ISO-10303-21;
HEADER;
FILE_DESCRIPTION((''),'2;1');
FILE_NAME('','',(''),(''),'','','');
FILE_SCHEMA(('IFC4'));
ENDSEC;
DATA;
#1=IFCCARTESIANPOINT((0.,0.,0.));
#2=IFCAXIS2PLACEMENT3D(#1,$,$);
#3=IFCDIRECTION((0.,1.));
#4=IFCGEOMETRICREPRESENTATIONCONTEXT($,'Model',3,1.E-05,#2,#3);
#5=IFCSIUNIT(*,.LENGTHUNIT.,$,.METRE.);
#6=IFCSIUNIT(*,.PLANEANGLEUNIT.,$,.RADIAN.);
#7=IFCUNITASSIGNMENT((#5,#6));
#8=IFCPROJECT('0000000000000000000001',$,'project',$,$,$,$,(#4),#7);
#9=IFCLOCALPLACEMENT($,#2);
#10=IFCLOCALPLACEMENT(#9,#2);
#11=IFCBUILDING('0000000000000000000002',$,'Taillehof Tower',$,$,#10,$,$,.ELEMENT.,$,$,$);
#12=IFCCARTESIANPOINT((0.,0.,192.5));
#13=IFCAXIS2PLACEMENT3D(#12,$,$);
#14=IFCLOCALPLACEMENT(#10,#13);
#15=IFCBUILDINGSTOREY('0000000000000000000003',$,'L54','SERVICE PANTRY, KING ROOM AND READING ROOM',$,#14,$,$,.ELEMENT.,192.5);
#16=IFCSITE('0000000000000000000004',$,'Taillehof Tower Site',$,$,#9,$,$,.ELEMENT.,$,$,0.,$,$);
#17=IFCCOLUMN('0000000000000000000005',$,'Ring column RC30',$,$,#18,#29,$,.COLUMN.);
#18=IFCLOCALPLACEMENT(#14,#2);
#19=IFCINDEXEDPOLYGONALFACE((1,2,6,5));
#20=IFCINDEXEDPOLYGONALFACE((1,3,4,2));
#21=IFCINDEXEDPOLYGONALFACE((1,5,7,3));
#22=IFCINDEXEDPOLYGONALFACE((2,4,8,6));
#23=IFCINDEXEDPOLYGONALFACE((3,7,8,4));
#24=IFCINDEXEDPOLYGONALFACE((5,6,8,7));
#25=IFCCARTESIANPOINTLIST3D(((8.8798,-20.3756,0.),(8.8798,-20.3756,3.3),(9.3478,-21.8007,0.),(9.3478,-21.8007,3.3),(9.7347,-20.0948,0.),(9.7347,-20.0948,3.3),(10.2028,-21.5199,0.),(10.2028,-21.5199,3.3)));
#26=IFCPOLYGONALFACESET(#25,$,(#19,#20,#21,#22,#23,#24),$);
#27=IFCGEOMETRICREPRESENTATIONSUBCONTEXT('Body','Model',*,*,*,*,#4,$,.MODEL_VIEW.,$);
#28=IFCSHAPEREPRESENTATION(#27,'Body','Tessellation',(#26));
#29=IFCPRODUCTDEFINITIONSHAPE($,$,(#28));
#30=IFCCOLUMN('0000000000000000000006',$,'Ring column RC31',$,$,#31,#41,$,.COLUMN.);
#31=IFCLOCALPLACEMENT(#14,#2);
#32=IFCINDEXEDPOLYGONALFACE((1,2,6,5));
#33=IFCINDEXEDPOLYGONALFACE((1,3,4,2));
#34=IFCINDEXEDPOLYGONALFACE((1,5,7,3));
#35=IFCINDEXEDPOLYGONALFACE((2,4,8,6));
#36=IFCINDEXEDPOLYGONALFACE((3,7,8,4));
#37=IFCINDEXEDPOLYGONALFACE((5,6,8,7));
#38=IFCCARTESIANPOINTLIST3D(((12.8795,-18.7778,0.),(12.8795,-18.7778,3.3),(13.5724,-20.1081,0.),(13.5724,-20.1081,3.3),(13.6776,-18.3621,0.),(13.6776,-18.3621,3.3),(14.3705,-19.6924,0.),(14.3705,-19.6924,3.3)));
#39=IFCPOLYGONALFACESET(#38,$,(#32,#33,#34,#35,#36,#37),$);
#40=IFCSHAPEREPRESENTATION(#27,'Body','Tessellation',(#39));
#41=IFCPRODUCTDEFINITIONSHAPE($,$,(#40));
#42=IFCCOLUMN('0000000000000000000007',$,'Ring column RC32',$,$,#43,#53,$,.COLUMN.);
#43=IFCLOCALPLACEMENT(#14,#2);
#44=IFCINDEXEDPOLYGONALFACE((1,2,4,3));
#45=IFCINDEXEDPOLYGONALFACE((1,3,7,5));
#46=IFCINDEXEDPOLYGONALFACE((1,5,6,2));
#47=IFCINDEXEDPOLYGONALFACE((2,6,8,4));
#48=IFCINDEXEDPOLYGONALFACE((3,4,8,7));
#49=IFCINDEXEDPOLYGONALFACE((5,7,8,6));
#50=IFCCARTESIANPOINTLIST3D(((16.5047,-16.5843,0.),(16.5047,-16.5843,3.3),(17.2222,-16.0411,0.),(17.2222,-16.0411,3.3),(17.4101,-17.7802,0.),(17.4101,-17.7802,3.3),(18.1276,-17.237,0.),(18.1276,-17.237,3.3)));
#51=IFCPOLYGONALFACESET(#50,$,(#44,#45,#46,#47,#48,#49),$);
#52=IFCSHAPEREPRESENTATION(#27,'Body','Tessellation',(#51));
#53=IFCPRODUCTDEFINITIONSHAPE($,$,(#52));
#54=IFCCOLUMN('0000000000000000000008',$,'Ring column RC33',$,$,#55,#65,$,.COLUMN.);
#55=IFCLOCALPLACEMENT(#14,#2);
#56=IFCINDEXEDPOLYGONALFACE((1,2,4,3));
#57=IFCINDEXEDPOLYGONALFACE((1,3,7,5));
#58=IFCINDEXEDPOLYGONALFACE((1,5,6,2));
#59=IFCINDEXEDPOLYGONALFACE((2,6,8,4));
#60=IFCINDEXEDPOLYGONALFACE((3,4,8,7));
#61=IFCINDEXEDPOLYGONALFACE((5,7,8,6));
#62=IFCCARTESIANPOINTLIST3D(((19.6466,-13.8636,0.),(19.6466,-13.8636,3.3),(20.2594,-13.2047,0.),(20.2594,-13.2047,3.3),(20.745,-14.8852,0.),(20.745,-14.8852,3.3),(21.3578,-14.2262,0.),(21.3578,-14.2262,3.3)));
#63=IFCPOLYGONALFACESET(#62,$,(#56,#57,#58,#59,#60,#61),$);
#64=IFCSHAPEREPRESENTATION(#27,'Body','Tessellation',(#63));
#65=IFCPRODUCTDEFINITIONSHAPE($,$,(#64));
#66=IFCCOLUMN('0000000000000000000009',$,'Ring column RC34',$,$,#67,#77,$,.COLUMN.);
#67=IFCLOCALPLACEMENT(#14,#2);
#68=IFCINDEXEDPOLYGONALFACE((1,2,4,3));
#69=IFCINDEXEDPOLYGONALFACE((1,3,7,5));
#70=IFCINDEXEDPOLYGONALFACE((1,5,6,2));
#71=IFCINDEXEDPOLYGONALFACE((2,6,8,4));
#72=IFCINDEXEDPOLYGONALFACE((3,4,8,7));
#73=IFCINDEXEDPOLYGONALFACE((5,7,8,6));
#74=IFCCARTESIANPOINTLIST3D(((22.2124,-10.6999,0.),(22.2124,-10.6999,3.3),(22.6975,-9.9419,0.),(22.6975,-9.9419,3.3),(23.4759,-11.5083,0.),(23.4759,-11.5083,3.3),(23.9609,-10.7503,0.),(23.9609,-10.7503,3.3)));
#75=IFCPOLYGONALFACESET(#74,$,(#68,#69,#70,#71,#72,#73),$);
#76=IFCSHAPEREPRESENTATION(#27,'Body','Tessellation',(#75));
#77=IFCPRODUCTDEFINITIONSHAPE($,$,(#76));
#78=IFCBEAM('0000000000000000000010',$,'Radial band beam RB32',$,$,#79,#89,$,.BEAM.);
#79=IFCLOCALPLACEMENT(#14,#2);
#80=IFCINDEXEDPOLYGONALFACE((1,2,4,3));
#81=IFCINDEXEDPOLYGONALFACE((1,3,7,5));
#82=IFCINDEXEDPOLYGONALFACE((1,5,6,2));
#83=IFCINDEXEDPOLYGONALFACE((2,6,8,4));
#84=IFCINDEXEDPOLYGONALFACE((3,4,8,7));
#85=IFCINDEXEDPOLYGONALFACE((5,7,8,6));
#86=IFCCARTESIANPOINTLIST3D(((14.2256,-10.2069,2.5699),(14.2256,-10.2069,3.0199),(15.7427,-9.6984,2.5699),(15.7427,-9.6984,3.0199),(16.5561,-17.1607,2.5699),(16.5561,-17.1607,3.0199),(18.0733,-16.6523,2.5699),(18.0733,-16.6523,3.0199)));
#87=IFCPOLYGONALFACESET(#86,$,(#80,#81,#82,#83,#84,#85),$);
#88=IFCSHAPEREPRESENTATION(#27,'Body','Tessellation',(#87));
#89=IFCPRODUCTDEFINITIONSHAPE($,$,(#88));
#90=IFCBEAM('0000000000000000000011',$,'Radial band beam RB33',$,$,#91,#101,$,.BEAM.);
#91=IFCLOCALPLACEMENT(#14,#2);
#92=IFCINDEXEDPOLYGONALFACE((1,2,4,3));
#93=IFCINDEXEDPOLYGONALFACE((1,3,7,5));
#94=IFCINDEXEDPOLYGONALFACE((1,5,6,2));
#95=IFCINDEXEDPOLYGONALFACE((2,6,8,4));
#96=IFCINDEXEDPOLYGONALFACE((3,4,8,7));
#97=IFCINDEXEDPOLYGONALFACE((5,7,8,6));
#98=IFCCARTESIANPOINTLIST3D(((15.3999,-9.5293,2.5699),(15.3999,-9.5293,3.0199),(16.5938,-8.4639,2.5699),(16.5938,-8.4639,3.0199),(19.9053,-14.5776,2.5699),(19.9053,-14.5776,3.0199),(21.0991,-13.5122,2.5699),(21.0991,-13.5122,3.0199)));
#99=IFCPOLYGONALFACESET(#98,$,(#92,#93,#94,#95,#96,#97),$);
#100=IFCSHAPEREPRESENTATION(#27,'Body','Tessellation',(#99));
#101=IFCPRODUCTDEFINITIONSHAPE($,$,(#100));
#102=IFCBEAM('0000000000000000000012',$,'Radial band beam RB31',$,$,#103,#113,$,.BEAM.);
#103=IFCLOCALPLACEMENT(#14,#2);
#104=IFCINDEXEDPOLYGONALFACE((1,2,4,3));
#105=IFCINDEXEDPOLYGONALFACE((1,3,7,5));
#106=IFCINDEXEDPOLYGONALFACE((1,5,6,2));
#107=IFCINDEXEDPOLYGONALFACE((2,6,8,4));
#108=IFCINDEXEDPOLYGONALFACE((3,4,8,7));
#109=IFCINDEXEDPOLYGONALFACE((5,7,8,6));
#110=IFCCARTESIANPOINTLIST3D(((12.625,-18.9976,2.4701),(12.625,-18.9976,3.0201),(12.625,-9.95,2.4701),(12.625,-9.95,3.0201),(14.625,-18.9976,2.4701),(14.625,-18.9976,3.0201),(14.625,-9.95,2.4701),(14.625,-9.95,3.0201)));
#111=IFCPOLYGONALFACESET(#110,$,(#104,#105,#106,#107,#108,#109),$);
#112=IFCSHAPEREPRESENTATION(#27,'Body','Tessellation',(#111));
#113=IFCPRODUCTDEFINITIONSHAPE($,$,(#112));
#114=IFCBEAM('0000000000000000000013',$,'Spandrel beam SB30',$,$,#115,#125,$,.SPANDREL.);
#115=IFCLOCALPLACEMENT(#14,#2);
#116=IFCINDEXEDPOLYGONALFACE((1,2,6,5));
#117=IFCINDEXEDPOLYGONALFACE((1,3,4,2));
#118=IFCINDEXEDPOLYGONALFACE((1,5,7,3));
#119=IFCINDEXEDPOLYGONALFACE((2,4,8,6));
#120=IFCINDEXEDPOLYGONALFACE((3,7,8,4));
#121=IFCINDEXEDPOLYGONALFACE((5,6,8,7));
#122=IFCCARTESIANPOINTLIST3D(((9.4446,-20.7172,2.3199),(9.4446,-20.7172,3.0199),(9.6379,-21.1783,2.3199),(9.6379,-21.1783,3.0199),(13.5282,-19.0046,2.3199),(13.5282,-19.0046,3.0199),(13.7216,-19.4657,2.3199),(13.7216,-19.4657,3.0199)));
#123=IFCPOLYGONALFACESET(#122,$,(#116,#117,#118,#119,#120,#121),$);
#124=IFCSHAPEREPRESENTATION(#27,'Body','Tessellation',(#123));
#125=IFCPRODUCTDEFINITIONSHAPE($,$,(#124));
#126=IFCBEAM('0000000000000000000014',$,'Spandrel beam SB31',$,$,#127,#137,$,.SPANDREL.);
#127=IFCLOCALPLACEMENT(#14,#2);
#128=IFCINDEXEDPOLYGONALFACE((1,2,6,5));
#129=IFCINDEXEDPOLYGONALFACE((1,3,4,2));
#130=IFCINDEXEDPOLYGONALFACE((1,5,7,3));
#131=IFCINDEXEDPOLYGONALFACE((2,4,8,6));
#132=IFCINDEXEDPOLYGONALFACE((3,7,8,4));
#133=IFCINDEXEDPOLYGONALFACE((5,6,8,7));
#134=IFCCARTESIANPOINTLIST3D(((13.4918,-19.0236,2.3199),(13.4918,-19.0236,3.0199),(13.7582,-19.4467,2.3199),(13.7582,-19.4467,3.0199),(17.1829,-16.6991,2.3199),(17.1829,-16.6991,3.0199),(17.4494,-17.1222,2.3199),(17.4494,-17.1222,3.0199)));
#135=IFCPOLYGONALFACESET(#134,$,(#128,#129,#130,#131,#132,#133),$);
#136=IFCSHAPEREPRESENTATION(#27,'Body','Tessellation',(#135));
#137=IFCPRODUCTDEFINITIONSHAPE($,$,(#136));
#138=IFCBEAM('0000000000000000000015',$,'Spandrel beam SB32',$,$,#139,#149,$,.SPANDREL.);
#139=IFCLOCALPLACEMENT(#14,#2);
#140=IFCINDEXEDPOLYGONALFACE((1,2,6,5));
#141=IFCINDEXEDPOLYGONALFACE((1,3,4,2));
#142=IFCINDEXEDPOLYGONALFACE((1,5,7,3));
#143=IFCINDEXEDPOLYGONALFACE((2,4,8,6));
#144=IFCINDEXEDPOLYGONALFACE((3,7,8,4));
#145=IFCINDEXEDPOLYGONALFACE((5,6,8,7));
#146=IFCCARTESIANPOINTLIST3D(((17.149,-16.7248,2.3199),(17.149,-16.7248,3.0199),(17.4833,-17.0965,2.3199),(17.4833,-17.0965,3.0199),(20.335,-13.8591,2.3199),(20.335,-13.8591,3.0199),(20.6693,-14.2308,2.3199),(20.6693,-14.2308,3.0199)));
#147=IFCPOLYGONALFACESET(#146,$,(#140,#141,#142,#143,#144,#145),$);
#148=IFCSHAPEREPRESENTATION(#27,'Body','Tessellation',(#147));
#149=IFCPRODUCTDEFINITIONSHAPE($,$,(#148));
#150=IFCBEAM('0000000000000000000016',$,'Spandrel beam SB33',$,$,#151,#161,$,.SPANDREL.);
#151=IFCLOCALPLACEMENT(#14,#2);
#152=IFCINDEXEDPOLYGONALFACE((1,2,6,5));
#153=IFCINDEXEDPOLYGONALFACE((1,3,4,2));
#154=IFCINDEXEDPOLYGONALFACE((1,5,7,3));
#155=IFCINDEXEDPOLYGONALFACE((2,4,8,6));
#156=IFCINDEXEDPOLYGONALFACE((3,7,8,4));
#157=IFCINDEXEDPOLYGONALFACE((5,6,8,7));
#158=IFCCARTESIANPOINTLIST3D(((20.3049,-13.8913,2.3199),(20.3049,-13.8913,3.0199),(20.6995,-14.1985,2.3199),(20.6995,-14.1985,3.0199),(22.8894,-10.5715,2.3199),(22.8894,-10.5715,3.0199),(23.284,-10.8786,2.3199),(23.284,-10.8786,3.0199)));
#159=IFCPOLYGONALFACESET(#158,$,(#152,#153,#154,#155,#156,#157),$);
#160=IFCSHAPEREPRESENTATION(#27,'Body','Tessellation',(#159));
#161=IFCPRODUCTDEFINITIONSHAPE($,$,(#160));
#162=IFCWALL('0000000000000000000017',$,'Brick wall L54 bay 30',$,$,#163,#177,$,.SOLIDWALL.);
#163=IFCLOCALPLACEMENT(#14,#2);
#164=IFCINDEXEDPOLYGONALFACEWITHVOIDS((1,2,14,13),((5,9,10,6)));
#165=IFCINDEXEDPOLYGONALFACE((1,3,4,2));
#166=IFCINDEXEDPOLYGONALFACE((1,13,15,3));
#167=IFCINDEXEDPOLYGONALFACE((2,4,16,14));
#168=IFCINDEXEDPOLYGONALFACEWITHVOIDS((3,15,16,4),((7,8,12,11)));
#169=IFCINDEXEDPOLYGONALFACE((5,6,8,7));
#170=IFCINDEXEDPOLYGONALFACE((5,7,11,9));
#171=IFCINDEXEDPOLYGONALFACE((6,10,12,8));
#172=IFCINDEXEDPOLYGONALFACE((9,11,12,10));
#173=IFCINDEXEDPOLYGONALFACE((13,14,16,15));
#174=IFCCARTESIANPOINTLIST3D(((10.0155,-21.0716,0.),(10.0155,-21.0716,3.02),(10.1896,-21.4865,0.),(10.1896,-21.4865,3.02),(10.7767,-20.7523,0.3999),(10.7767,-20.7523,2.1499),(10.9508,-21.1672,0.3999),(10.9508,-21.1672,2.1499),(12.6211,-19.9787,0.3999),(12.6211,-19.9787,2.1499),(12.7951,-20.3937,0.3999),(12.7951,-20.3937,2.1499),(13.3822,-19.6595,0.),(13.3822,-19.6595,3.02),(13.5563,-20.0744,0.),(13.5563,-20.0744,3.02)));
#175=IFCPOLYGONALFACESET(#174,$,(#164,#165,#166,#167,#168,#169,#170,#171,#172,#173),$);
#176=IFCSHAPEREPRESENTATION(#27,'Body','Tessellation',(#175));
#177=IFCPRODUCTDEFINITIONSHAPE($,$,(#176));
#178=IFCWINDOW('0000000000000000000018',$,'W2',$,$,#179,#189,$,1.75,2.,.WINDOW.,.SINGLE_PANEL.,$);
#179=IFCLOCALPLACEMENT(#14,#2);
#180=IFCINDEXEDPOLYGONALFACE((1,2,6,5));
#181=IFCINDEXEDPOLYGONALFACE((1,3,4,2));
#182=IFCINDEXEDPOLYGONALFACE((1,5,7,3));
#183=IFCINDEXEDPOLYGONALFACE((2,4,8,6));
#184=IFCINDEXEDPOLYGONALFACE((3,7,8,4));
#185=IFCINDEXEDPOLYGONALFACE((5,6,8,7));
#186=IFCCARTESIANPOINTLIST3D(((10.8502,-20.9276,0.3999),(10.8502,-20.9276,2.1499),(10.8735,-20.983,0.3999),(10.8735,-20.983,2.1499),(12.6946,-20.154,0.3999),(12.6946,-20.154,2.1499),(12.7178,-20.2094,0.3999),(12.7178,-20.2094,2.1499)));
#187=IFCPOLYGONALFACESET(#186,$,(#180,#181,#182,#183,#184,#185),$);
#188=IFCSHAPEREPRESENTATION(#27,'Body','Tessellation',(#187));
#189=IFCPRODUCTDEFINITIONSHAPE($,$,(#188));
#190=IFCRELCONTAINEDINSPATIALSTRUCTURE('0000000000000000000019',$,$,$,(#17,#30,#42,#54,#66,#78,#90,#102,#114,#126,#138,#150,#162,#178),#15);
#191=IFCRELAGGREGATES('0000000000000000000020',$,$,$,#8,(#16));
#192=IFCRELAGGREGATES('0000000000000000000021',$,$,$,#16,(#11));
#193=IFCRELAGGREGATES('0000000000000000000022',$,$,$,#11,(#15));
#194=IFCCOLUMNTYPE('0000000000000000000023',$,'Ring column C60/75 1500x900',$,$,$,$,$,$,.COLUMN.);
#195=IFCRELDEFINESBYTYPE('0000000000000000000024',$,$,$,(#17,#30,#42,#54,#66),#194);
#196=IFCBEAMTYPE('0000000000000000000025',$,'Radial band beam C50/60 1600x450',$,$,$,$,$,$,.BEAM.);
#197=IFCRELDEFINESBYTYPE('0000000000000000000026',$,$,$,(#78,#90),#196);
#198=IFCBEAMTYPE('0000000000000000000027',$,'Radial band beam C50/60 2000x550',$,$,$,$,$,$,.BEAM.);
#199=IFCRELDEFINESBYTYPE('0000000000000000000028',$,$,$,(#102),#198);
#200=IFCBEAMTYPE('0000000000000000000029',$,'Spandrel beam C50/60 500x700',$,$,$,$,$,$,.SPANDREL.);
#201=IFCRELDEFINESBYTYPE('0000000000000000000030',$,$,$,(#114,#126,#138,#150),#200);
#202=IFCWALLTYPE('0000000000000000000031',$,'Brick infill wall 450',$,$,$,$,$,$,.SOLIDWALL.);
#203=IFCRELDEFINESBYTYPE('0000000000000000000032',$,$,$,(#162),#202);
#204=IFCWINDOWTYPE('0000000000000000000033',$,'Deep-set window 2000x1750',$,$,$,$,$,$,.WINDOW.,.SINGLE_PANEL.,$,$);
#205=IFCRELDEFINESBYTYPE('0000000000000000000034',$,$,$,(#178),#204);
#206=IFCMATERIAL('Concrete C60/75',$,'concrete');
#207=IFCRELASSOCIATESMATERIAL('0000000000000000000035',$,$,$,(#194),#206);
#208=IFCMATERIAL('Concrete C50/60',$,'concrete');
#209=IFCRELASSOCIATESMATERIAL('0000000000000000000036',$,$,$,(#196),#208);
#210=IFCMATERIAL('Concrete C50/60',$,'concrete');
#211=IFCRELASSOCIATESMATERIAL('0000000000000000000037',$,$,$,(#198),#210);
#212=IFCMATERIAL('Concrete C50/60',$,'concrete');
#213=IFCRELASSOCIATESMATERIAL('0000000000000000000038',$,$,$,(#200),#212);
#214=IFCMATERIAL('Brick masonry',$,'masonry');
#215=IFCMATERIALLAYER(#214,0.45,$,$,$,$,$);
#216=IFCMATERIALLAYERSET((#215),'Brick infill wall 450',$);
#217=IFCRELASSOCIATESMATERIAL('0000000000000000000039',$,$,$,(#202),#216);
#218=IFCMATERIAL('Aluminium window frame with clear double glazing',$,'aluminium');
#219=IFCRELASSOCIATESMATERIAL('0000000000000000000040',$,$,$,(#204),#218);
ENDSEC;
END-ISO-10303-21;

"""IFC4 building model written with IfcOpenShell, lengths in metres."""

from ifc_helpers import new_model, si_unit, direction, frame, frame_2d, origin, origin_2d, place, context, subcontext, project, spatial, rectangle, extrude, material, layer, layer_set, material_profile, profile_set, type_object, element, fill, save


model = new_model("IFC4")

# Units and contexts
model_context = context("Model", 3, precision=1e-05, world=origin(), true_north=direction((0.0, 1.0)))
body_context = subcontext(model_context, "Body", "Model", "MODEL_VIEW")
ifc_project = project(units=[si_unit("LENGTHUNIT", "METRE"), si_unit("PLANEANGLEUNIT", "RADIAN")], contexts=[model_context])

# Site, building, storey
site_placement = place(None, origin())
site = spatial("IfcSite", under=ifc_project, at=site_placement, Name="Taillehof Tower Site", CompositionType="ELEMENT", RefElevation=0.0)
building_placement = place(site_placement, origin())
building = spatial("IfcBuilding", under=site, at=building_placement, Name="Taillehof Tower", CompositionType="ELEMENT")
storey_placement = place(building_placement, frame((0.0, 0.0, 192.5)))
storey = spatial("IfcBuildingStorey", under=building, at=storey_placement, Name="L54", Description="SERVICE PANTRY, KING ROOM AND READING ROOM", CompositionType="ELEMENT", Elevation=192.5)

# Columns
ifc_material_1 = material(Name="Concrete C60/75", Category="concrete")
ifc_material_profile_1 = material_profile(ifc_material_1, rectangle(XDim=1.5, YDim=0.8999, at=origin_2d()), Name="RC 1500x900")
ifc_profile_set_1 = profile_set([ifc_material_profile_1], Name="Concrete C60/75")
column_type = type_object("IfcColumnType", Name="Ring column C60/75 1500x900", PredefinedType="COLUMN", material=ifc_profile_set_1)
for number, where, z_axis, x_axis, name in (
    (1, (9.5413, -20.9478, 0.0), (0.0, 0.0, 1.0), (0.312001, -0.950082, 0.0), "Ring column RC30"),
    (2, (13.625, -19.2351, 0.0), (0.0, 0.0, 1.0), (0.461993, -0.886883, 0.0), "Ring column RC31"),
    (3, (17.3162, -16.9106, 0.0), (0.0, 0.0, 1.0), (0.603608, -0.797281, 0.0), "Ring column RC32"),
    (4, (20.5022, -14.0449, 0.0), (0.0, 0.0, 1.0), (0.732271, -0.681013, 0.0), "Ring column RC33"),
    (5, (23.0867, -10.7251, 0.0), (0.0, 0.0, 1.0), (0.842311, -0.538992, 0.0), "Ring column RC34"),
):
    element("IfcColumn", number, at=place(storey_placement, frame(where, z_axis=z_axis, x_axis=x_axis)), inside=storey, type_object=column_type, Name=name, PredefinedType="COLUMN", context=body_context, shape_type="SweptSolid", body=[
        extrude(rectangle(XDim=1.5, YDim=0.8999, at=origin_2d()), origin(), (0.0, 0.0, 1.0), 3.3),
    ])

# Beams
ifc_material_2 = material(Name="Concrete C50/60", Category="concrete")
ifc_material_profile_2 = material_profile(ifc_material_2, rectangle(XDim=1.6001, YDim=0.45, at=origin_2d()), Name="RC 1600x450")
ifc_profile_set_2 = profile_set([ifc_material_profile_2], Name="Concrete C50/60")
beam_type_1 = type_object("IfcBeamType", Name="Radial band beam C50/60 1600x450", PredefinedType="BEAM", material=ifc_profile_set_2)
beam_1_placement = place(storey_placement, frame((17.3147, -16.9065, 2.7949), z_axis=(-0.317775, 0.948166, 0.0), x_axis=(-0.948166, -0.317775, 0.0)))
element("IfcBeam", 6, at=beam_1_placement, inside=storey, type_object=beam_type_1, Name="Radial band beam RB32", PredefinedType="BEAM", context=body_context, shape_type="SweptSolid", body=[
    extrude(rectangle(XDim=1.6001, YDim=0.45, at=origin_2d()), origin(), (0.0, 0.0, 1.0), 7.334),
])
beam_2_placement = place(storey_placement, frame((20.5022, -14.0449, 2.7949), z_axis=(-0.665845, 0.74609, 0.0), x_axis=(-0.74609, -0.665845, 0.0)))
element("IfcBeam", 7, at=beam_2_placement, inside=storey, type_object=beam_type_1, Name="Radial band beam RB33", PredefinedType="BEAM", context=body_context, shape_type="SweptSolid", body=[
    extrude(rectangle(XDim=1.6001, YDim=0.45, at=origin_2d()), origin(), (0.0, 0.0, 1.0), 6.7664),
])
ifc_material_3 = material(Name="Concrete C50/60", Category="concrete")
ifc_material_profile_3 = material_profile(ifc_material_3, rectangle(XDim=2.0, YDim=0.55, at=origin_2d()), Name="RC 2000x550")
ifc_profile_set_3 = profile_set([ifc_material_profile_3], Name="Concrete C50/60")
beam_type_2 = type_object("IfcBeamType", Name="Radial band beam C50/60 2000x550", PredefinedType="BEAM", material=ifc_profile_set_3)
beam_3_placement = place(storey_placement, frame((13.625, -18.9976, 2.7451), z_axis=(0.0, 1.0, 0.0), x_axis=(-1.0, 0.0, 0.0)))
element("IfcBeam", 8, at=beam_3_placement, inside=storey, type_object=beam_type_2, Name="Radial band beam RB31", PredefinedType="BEAM", context=body_context, shape_type="SweptSolid", body=[
    extrude(rectangle(XDim=2.0, YDim=0.55, at=origin_2d()), origin(), (0.0, 0.0, 1.0), 9.0476),
])
ifc_material_4 = material(Name="Concrete C50/60", Category="concrete")
ifc_material_profile_4 = material_profile(ifc_material_4, rectangle(XDim=0.5, YDim=0.7, at=origin_2d()), Name="RC 500x700")
ifc_profile_set_4 = profile_set([ifc_material_profile_4], Name="Concrete C50/60")
beam_type_3 = type_object("IfcBeamType", Name="Spandrel beam C50/60 500x700", PredefinedType="SPANDREL", material=ifc_profile_set_4)
beam_4_placement = place(storey_placement, frame((9.5413, -20.9478, 2.6699), z_axis=(0.922186, 0.386748, 0.0), x_axis=(-0.386748, 0.922186, 0.0)))
element("IfcBeam", 9, at=beam_4_placement, inside=storey, type_object=beam_type_3, Name="Spandrel beam SB30", PredefinedType="SPANDREL", context=body_context, shape_type="SweptSolid", body=[
    extrude(rectangle(XDim=0.5, YDim=0.7, at=origin_2d()), origin(), (0.0, 0.0, 1.0), 4.4282),
])
beam_5_placement = place(storey_placement, frame((13.625, -19.2351, 2.6699), z_axis=(0.846192, 0.532879, 0.0), x_axis=(-0.532879, 0.846192, 0.0)))
element("IfcBeam", 10, at=beam_5_placement, inside=storey, type_object=beam_type_3, Name="Spandrel beam SB31", PredefinedType="SPANDREL", context=body_context, shape_type="SweptSolid", body=[
    extrude(rectangle(XDim=0.5, YDim=0.7, at=origin_2d()), origin(), (0.0, 0.0, 1.0), 4.3621),
])
beam_6_placement = place(storey_placement, frame((17.3162, -16.9106, 2.6699), z_axis=(0.743492, 0.668744, 0.0), x_axis=(-0.668744, 0.743492, 0.0)))
element("IfcBeam", 11, at=beam_6_placement, inside=storey, type_object=beam_type_3, Name="Spandrel beam SB32", PredefinedType="SPANDREL", context=body_context, shape_type="SweptSolid", body=[
    extrude(rectangle(XDim=0.5, YDim=0.7, at=origin_2d()), origin(), (0.0, 0.0, 1.0), 4.2852),
])
beam_7_placement = place(storey_placement, frame((20.5022, -14.0449, 2.6699), z_axis=(0.614294, 0.789077, 0.0), x_axis=(-0.789077, 0.614294, 0.0)))
element("IfcBeam", 12, at=beam_7_placement, inside=storey, type_object=beam_type_3, Name="Spandrel beam SB33", PredefinedType="SPANDREL", context=body_context, shape_type="SweptSolid", body=[
    extrude(rectangle(XDim=0.5, YDim=0.7, at=origin_2d()), origin(), (0.0, 0.0, 1.0), 4.2073),
])

# Wall, opening, window
ifc_material_5 = material(Name="Brick masonry", Category="masonry")
ifc_layer_1 = layer(ifc_material_5, 0.45)
ifc_layer_set_1 = layer_set([ifc_layer_1], Name="Brick infill wall 450")
wall_type_1 = type_object("IfcWallType", Name="Brick infill wall 450", PredefinedType="SOLIDWALL", material=ifc_layer_set_1)
wall_1_placement = place(storey_placement, frame((10.1025, -21.2791, 0.0), z_axis=(0.0, 0.0, 1.0), x_axis=(0.922168, 0.386789, 0.0)))
wall_1 = element("IfcWall", 13, at=wall_1_placement, inside=storey, type_object=wall_type_1, Name="Brick wall L54 bay 30", PredefinedType="SOLIDWALL", context=body_context, shape_type="SweptSolid", body=[
    extrude(rectangle(XDim=3.6509, YDim=0.45, at=frame_2d((1.8254, 0.0))), origin(), (0.0, 0.0, 1.0), 3.02),
])
opening_1_placement = place(wall_1_placement, frame((0.8254, 0.0, 0.3999)))
opening_1 = element("IfcOpeningElement", 14, at=opening_1_placement, cuts=wall_1, PredefinedType="OPENING", context=body_context, shape_type="SweptSolid", body=[
    extrude(rectangle(XDim=2.0, YDim=1.75, at=frame_2d((1.0, 0.875))), frame((0.0, 0.2349, 0.0), z_axis=(0.0, -1.0, 0.0), x_axis=(1.0, 0.0, 0.0)), (0.0, 0.0, 1.0), 0.47),
])
ifc_material_6 = material(Name="Aluminium window frame with clear double glazing", Category="aluminium")
window_type = type_object("IfcWindowType", Name="Deep-set window 2000x1750", PartitioningType="SINGLE_PANEL", PredefinedType="WINDOW", material=ifc_material_6)
window_1_placement = place(opening_1_placement, origin())
window_1 = element("IfcWindow", 15, at=window_1_placement, inside=storey, type_object=window_type, Name="W2", OverallHeight=1.75, OverallWidth=2.0, PartitioningType="SINGLE_PANEL", PredefinedType="WINDOW", context=body_context, shape_type="SweptSolid", body=[
    extrude(rectangle(XDim=2.0, YDim=1.75, at=frame_2d((1.0, 0.875))), frame((0.0, 0.0349, 0.0), z_axis=(0.0, -1.0, 0.0), x_axis=(1.0, 0.0, 0.0)), (0.0, 0.0, 1.0), 0.0601),
])
fill(opening_1, window_1)

save(model, "model.ifc")
